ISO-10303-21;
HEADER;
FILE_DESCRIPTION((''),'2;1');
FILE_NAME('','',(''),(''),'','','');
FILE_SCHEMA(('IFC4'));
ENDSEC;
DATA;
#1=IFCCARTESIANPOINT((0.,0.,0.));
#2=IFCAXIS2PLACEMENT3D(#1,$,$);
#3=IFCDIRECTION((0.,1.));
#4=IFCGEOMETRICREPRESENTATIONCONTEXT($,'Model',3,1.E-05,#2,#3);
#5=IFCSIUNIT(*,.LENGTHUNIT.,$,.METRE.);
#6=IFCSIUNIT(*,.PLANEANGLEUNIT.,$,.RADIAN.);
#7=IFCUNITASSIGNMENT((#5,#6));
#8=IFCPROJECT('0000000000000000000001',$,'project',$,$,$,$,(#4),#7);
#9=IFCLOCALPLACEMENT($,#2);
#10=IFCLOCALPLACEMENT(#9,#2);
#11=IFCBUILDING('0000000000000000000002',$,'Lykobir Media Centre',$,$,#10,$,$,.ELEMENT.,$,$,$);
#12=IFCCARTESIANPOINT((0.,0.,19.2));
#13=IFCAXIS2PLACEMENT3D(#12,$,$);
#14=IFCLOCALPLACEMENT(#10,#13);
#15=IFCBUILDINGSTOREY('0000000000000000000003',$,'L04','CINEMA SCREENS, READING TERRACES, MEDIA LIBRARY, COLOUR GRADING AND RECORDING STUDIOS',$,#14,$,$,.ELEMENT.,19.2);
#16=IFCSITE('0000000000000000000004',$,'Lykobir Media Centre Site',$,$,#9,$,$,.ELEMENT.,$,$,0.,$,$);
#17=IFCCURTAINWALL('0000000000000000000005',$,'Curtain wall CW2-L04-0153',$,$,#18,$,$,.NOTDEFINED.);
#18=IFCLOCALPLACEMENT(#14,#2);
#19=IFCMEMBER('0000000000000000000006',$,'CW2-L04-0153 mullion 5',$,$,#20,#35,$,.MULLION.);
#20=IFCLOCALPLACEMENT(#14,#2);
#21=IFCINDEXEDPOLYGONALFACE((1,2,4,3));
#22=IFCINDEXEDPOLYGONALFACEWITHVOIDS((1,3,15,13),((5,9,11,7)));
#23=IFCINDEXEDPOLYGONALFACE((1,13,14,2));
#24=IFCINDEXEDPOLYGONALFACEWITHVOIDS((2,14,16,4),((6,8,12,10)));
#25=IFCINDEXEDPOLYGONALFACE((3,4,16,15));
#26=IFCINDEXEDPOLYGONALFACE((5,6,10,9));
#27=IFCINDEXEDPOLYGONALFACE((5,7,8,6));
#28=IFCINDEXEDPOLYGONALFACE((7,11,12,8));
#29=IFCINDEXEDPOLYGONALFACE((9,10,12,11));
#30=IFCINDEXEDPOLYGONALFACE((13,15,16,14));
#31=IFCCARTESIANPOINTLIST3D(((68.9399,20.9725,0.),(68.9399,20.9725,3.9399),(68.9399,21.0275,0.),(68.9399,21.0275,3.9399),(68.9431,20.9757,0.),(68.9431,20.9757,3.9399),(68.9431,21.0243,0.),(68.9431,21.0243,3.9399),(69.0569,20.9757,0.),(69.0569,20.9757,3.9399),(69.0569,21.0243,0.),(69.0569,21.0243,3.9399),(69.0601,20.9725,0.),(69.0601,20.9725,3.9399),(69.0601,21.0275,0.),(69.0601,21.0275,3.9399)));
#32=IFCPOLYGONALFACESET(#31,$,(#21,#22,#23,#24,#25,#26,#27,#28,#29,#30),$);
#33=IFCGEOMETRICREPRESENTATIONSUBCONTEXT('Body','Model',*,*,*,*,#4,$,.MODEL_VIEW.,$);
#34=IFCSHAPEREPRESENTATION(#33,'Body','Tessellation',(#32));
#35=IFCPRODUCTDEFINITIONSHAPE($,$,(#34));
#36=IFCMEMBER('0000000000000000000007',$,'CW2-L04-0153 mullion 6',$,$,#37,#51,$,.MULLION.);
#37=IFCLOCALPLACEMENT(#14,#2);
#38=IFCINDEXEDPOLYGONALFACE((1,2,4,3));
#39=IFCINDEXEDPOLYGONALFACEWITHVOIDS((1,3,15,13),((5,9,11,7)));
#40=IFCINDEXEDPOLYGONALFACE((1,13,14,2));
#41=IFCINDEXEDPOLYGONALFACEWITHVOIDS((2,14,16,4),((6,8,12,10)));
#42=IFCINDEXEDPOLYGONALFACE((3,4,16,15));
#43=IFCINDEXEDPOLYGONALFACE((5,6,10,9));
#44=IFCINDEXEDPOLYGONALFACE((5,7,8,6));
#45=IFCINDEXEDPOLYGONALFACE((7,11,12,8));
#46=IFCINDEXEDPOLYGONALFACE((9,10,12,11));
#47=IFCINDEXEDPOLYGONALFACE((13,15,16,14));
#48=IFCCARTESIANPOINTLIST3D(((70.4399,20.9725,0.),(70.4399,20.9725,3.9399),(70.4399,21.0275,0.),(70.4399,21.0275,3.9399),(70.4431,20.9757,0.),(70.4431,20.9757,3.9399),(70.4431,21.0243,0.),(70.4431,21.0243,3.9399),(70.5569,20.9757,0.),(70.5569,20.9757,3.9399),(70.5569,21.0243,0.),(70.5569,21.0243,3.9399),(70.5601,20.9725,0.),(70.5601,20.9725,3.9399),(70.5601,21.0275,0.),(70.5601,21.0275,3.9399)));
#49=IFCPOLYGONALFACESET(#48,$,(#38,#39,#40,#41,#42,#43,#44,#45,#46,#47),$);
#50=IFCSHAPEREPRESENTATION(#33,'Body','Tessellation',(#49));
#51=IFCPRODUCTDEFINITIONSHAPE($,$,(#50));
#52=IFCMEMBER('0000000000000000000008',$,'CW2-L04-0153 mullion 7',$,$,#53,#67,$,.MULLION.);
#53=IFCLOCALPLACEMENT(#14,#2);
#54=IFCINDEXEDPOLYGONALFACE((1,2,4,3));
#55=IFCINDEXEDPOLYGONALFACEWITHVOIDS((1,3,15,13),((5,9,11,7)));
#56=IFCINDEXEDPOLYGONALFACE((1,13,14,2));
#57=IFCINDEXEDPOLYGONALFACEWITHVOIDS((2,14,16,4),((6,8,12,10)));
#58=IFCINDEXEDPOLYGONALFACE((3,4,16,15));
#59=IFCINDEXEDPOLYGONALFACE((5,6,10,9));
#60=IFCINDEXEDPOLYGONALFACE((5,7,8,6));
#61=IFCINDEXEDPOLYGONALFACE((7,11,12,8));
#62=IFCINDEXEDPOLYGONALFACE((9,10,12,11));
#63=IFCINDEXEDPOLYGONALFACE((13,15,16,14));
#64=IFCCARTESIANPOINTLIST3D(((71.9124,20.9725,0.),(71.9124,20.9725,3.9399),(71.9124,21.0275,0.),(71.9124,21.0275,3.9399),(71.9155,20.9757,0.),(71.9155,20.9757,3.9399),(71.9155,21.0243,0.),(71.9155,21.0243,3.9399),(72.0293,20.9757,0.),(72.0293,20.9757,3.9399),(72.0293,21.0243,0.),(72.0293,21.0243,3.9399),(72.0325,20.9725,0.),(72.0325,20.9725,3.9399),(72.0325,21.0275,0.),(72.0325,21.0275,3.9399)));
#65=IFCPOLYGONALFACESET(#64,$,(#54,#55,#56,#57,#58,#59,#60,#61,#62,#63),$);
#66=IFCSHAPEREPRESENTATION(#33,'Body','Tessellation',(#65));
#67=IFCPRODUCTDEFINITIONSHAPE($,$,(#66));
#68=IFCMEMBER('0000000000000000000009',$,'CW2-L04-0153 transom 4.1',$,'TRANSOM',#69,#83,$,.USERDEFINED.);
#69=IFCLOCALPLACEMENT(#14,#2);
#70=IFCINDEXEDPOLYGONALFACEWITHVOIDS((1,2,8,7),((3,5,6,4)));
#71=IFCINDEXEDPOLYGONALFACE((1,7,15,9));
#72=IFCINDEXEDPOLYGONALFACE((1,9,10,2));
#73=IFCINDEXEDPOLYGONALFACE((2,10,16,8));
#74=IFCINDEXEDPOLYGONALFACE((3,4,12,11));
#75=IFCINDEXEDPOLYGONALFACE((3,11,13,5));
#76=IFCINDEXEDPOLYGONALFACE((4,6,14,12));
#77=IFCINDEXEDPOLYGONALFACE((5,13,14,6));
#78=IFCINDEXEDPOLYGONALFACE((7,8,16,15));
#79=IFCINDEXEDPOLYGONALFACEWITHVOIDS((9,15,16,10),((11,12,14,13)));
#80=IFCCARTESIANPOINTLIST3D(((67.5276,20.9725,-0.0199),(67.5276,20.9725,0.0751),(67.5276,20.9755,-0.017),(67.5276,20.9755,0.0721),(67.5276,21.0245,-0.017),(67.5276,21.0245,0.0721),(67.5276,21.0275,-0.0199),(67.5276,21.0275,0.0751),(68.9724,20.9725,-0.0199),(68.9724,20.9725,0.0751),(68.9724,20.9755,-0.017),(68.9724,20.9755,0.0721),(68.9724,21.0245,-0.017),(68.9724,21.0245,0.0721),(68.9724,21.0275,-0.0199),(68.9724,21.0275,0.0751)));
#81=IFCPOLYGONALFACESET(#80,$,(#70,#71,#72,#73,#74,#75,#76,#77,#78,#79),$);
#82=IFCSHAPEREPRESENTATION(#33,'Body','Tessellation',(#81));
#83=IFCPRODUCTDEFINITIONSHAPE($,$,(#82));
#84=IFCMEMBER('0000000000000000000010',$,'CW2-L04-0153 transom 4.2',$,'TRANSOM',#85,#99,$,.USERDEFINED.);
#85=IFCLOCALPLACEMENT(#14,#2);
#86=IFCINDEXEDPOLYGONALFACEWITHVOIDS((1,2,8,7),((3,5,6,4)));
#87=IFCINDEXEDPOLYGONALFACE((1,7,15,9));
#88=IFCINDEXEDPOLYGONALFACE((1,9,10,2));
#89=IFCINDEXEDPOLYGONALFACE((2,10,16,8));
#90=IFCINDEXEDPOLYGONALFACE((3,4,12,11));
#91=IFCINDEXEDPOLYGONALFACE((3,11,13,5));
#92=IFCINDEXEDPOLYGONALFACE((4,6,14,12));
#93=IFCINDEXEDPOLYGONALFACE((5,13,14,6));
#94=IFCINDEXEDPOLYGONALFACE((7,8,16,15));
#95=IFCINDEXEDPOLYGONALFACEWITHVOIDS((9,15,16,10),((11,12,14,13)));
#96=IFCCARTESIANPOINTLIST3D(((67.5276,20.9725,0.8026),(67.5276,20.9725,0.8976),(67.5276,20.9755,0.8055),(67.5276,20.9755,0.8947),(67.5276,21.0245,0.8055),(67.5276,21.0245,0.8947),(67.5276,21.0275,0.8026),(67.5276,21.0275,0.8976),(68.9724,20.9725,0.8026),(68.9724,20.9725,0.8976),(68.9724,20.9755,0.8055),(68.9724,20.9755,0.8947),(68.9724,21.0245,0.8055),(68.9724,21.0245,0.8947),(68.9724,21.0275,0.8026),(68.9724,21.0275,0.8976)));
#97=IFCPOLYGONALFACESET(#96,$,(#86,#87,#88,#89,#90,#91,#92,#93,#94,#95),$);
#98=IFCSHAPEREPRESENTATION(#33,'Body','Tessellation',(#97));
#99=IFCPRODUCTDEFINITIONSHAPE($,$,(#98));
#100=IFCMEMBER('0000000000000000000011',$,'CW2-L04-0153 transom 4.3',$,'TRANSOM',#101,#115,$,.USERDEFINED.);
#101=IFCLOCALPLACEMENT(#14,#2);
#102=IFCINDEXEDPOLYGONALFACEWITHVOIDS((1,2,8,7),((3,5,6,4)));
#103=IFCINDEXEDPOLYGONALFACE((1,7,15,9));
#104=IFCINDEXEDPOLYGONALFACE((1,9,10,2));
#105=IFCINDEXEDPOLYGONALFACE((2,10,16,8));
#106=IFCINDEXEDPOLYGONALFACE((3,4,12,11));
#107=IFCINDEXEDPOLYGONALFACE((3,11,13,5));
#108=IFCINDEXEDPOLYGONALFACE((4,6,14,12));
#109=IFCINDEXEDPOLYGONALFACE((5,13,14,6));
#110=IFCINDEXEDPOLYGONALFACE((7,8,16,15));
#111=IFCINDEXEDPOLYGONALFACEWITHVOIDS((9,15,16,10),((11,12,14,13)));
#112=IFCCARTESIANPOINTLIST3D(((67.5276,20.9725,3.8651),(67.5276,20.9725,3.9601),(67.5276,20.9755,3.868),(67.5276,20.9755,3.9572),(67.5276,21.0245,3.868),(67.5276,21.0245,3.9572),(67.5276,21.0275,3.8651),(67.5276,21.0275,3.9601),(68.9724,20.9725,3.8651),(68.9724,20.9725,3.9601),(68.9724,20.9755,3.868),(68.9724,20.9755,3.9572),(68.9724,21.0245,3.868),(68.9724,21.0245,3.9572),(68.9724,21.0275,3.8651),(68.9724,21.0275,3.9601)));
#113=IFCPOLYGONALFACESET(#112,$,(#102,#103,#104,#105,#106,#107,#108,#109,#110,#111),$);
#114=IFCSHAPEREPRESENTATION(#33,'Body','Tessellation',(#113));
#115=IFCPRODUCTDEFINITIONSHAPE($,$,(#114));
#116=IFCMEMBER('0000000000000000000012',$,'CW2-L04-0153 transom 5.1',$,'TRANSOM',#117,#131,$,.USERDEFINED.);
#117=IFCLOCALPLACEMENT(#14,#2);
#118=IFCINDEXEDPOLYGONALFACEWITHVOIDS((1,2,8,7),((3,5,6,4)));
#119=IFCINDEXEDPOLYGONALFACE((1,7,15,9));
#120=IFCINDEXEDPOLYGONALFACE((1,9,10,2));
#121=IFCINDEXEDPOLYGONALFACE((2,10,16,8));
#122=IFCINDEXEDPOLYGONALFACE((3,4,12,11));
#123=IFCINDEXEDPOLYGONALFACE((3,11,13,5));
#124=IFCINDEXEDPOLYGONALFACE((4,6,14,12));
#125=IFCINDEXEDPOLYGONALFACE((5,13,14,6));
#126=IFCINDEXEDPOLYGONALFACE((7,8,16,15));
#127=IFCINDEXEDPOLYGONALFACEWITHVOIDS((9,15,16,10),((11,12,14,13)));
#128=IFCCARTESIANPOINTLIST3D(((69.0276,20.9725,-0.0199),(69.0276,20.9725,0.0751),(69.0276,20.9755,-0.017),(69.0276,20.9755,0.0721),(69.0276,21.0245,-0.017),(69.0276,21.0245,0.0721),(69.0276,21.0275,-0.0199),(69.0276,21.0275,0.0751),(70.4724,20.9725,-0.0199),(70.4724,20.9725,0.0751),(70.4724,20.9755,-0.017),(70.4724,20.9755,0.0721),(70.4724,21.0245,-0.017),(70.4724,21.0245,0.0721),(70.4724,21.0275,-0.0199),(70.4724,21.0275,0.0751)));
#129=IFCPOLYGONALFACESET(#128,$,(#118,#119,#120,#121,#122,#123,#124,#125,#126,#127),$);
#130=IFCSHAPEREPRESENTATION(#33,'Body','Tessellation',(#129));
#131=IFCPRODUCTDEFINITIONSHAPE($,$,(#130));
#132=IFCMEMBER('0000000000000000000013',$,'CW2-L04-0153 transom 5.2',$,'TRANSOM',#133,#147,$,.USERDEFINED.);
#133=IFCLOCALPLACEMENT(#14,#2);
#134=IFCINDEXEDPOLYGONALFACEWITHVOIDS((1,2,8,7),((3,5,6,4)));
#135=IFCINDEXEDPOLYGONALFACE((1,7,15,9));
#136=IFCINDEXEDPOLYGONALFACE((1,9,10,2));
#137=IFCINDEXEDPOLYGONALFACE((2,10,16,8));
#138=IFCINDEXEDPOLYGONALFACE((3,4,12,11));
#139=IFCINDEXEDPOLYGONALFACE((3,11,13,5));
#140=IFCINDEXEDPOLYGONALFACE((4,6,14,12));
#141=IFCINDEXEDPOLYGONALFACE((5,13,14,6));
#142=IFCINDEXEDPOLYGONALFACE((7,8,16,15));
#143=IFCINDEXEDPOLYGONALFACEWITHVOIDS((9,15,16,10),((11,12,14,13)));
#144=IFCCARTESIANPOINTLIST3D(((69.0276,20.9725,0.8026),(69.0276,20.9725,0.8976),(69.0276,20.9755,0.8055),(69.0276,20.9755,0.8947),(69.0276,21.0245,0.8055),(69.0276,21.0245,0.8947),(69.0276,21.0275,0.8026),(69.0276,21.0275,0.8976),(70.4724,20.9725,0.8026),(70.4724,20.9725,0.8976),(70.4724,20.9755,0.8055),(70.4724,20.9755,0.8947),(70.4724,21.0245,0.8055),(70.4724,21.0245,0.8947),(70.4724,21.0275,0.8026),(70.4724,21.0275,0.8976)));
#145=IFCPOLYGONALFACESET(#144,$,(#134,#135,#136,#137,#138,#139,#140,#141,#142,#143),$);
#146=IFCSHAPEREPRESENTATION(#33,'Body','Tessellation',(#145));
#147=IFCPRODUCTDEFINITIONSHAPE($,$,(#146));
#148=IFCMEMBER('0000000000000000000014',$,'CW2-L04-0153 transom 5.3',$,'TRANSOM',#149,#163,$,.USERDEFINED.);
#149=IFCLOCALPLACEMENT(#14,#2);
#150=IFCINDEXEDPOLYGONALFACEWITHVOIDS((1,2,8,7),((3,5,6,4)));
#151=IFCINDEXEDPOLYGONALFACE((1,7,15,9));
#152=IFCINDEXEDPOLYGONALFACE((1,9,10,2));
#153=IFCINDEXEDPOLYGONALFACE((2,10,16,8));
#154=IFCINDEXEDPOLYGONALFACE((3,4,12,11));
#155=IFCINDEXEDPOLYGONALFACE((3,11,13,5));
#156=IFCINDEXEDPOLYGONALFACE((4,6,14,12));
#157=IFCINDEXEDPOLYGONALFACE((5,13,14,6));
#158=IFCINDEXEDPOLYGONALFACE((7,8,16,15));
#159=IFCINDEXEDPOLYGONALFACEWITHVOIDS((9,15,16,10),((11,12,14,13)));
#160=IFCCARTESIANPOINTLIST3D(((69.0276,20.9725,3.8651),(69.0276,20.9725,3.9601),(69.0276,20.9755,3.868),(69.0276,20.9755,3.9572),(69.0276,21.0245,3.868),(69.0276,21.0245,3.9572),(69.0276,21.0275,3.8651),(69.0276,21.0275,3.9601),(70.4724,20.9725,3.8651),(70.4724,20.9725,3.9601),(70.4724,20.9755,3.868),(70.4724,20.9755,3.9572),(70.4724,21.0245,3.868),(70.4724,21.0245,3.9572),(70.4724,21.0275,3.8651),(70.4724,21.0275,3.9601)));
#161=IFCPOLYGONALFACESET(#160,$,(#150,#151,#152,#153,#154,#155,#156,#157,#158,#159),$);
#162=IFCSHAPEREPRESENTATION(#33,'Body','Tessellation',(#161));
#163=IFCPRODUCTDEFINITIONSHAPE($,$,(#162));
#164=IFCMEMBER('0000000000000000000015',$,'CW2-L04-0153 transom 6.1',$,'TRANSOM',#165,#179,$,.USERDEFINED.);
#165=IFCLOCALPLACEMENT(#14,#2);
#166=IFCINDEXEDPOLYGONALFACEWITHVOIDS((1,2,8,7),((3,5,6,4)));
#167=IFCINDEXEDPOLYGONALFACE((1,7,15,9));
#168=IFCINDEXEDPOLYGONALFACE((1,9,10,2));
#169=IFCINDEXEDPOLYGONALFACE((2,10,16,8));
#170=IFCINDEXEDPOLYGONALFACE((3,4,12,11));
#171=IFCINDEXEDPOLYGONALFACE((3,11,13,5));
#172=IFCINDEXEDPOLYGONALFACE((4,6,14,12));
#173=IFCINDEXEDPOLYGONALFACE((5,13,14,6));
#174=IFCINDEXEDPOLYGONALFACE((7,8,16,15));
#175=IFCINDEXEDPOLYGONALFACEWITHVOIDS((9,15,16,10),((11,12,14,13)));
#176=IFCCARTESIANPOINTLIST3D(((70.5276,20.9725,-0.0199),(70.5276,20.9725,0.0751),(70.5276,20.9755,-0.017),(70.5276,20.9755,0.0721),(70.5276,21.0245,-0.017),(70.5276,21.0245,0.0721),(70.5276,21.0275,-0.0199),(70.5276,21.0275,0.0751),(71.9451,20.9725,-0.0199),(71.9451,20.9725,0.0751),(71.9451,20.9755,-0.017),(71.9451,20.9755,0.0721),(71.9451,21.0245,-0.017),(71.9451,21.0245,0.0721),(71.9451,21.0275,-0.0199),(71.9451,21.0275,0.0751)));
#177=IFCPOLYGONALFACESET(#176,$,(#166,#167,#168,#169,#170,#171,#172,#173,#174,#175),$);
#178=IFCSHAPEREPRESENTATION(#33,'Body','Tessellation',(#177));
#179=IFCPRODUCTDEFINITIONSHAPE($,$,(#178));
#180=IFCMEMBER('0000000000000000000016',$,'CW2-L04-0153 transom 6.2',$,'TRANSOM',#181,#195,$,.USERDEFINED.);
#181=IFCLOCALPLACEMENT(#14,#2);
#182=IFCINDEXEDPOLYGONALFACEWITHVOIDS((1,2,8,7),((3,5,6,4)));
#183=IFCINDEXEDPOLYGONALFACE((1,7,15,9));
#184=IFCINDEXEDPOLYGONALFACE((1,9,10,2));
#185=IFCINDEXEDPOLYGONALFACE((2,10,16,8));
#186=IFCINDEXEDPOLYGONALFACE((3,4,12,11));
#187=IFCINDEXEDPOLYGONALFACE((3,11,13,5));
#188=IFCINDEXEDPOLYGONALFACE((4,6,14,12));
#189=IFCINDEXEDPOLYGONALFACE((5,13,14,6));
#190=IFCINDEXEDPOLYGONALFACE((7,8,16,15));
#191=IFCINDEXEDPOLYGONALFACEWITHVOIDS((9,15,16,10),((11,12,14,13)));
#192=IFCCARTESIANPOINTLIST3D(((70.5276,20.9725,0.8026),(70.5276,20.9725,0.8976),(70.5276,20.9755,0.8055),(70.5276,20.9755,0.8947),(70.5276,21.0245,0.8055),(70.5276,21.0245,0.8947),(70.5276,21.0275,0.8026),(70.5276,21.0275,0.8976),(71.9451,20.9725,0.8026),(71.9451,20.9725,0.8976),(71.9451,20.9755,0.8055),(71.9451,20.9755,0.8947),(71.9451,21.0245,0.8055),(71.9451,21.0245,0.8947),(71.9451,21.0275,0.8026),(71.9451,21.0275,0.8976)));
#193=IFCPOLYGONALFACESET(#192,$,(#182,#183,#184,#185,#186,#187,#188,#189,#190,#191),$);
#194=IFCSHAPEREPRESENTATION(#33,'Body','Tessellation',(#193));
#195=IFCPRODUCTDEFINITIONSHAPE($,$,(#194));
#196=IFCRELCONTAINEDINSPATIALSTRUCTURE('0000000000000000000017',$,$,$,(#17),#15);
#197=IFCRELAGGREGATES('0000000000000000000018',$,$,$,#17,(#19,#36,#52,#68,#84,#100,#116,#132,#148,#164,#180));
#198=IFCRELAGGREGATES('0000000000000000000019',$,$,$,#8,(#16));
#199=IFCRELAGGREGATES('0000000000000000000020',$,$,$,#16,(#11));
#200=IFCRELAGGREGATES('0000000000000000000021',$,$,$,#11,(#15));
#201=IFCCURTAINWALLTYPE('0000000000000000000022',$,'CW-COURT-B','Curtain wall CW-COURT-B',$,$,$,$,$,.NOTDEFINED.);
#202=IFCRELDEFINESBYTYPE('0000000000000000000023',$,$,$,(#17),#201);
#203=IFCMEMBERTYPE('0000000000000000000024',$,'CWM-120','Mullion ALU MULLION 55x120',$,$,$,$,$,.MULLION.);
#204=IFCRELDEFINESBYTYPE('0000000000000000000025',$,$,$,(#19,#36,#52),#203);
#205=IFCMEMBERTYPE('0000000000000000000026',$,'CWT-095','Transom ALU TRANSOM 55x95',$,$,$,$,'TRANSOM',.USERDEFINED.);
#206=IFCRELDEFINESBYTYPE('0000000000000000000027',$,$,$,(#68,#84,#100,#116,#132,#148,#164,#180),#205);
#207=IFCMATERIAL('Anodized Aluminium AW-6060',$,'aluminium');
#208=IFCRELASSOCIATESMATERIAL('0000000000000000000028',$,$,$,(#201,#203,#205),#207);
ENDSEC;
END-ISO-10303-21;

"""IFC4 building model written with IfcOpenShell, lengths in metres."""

from ifc_helpers import new_model, si_unit, direction, frame, origin, origin_2d, place, context, subcontext, project, spatial, hollow_rectangle, extrude, material, material_profile, profile_set, type_object, element, aggregate, save


model = new_model("IFC4")

# Units and contexts
model_context = context("Model", 3, precision=1e-05, world=origin(), true_north=direction((0.0, 1.0)))
body_context = subcontext(model_context, "Body", "Model", "MODEL_VIEW")
ifc_project = project(units=[si_unit("LENGTHUNIT", "METRE"), si_unit("PLANEANGLEUNIT", "RADIAN")], contexts=[model_context])

# Site, building, storey
site_placement = place(None, origin())
site = spatial("IfcSite", under=ifc_project, at=site_placement, Name="Lykobir Media Centre Site", CompositionType="ELEMENT", RefElevation=0.0)
building_placement = place(site_placement, origin())
building = spatial("IfcBuilding", under=site, at=building_placement, Name="Lykobir Media Centre", CompositionType="ELEMENT")
storey_placement = place(building_placement, frame((0.0, 0.0, 19.2)))
storey = spatial("IfcBuildingStorey", under=building, at=storey_placement, Name="L04", Description="CINEMA SCREENS, READING TERRACES, MEDIA LIBRARY, COLOUR GRADING AND RECORDING STUDIOS", CompositionType="ELEMENT", Elevation=19.2)

# Curtain wall, members
ifc_material_1 = material(Name="Anodized Aluminium AW-6060", Category="aluminium")
curtain_wall_type = type_object("IfcCurtainWallType", Name="CW-COURT-B", Description="Curtain wall CW-COURT-B", PredefinedType="NOTDEFINED", material=ifc_material_1)
curtain_wall_placement = place(storey_placement, origin())
curtain_wall = element("IfcCurtainWall", 1, at=curtain_wall_placement, inside=storey, type_object=curtain_wall_type, Name="Curtain wall CW2-L04-0153", PredefinedType="NOTDEFINED")
ifc_material_profile_1 = material_profile(ifc_material_1, hollow_rectangle(XDim=0.0549, YDim=0.1201, WallThickness=0.0032, at=origin_2d()), Name="ALU MULLION 55x120")
ifc_profile_set_1 = profile_set([ifc_material_profile_1], Name="Anodized Aluminium AW-6060")
member_type_1 = type_object("IfcMemberType", Name="CWM-120", Description="Mullion ALU MULLION 55x120", PredefinedType="MULLION", material=ifc_profile_set_1)
member_1_placement = place(storey_placement, frame((69.0, 21.0, 0.0), z_axis=(0.0, 0.0, 1.0), x_axis=(0.0, 1.0, 0.0)))
member_1 = element("IfcMember", 2, at=member_1_placement, type_object=member_type_1, Name="CW2-L04-0153 mullion 5", PredefinedType="MULLION", context=body_context, shape_type="SweptSolid", body=[
    extrude(hollow_rectangle(XDim=0.0549, YDim=0.1201, WallThickness=0.0032, at=origin_2d()), origin(), (0.0, 0.0, 1.0), 3.9399),
])
member_2_placement = place(storey_placement, frame((70.5, 21.0, 0.0), z_axis=(0.0, 0.0, 1.0), x_axis=(0.0, 1.0, 0.0)))
member_2 = element("IfcMember", 3, at=member_2_placement, type_object=member_type_1, Name="CW2-L04-0153 mullion 6", PredefinedType="MULLION", context=body_context, shape_type="SweptSolid", body=[
    extrude(hollow_rectangle(XDim=0.0549, YDim=0.1201, WallThickness=0.0032, at=origin_2d()), origin(), (0.0, 0.0, 1.0), 3.9399),
])
member_3_placement = place(storey_placement, frame((71.9724, 21.0, 0.0), z_axis=(0.0, 0.0, 1.0), x_axis=(0.0, 1.0, 0.0)))
member_3 = element("IfcMember", 4, at=member_3_placement, type_object=member_type_1, Name="CW2-L04-0153 mullion 7", PredefinedType="MULLION", context=body_context, shape_type="SweptSolid", body=[
    extrude(hollow_rectangle(XDim=0.0549, YDim=0.1201, WallThickness=0.0032, at=origin_2d()), origin(), (0.0, 0.0, 1.0), 3.9399),
])
ifc_material_profile_2 = material_profile(ifc_material_1, hollow_rectangle(XDim=0.0549, YDim=0.095, WallThickness=0.0029, at=origin_2d()), Name="ALU TRANSOM 55x95")
ifc_profile_set_2 = profile_set([ifc_material_profile_2], Name="Anodized Aluminium AW-6060")
member_type_2 = type_object("IfcMemberType", Name="CWT-095", Description="Transom ALU TRANSOM 55x95", ElementType="TRANSOM", PredefinedType="USERDEFINED", material=ifc_profile_set_2)
member_4_placement = place(storey_placement, frame((67.5276, 21.0, 0.0276), z_axis=(1.0, 0.0, 0.0), x_axis=(0.0, 1.0, 0.0)))
member_4 = element("IfcMember", 5, at=member_4_placement, type_object=member_type_2, Name="CW2-L04-0153 transom 4.1", ObjectType="TRANSOM", PredefinedType="USERDEFINED", context=body_context, shape_type="SweptSolid", body=[
    extrude(hollow_rectangle(XDim=0.0549, YDim=0.095, WallThickness=0.0029, at=origin_2d()), origin(), (0.0, 0.0, 1.0), 1.4448),
])
member_5_placement = place(storey_placement, frame((67.5276, 21.0, 0.8501), z_axis=(1.0, 0.0, 0.0), x_axis=(0.0, 1.0, 0.0)))
member_5 = element("IfcMember", 6, at=member_5_placement, type_object=member_type_2, Name="CW2-L04-0153 transom 4.2", ObjectType="TRANSOM", PredefinedType="USERDEFINED", context=body_context, shape_type="SweptSolid", body=[
    extrude(hollow_rectangle(XDim=0.0549, YDim=0.095, WallThickness=0.0029, at=origin_2d()), origin(), (0.0, 0.0, 1.0), 1.4448),
])
member_6_placement = place(storey_placement, frame((67.5276, 21.0, 3.9126), z_axis=(1.0, 0.0, 0.0), x_axis=(0.0, 1.0, 0.0)))
member_6 = element("IfcMember", 7, at=member_6_placement, type_object=member_type_2, Name="CW2-L04-0153 transom 4.3", ObjectType="TRANSOM", PredefinedType="USERDEFINED", context=body_context, shape_type="SweptSolid", body=[
    extrude(hollow_rectangle(XDim=0.0549, YDim=0.095, WallThickness=0.0029, at=origin_2d()), origin(), (0.0, 0.0, 1.0), 1.4448),
])
member_7_placement = place(storey_placement, frame((69.0276, 21.0, 0.0276), z_axis=(1.0, 0.0, 0.0), x_axis=(0.0, 1.0, 0.0)))
member_7 = element("IfcMember", 8, at=member_7_placement, type_object=member_type_2, Name="CW2-L04-0153 transom 5.1", ObjectType="TRANSOM", PredefinedType="USERDEFINED", context=body_context, shape_type="SweptSolid", body=[
    extrude(hollow_rectangle(XDim=0.0549, YDim=0.095, WallThickness=0.0029, at=origin_2d()), origin(), (0.0, 0.0, 1.0), 1.4448),
])
member_8_placement = place(storey_placement, frame((69.0276, 21.0, 0.8501), z_axis=(1.0, 0.0, 0.0), x_axis=(0.0, 1.0, 0.0)))
member_8 = element("IfcMember", 9, at=member_8_placement, type_object=member_type_2, Name="CW2-L04-0153 transom 5.2", ObjectType="TRANSOM", PredefinedType="USERDEFINED", context=body_context, shape_type="SweptSolid", body=[
    extrude(hollow_rectangle(XDim=0.0549, YDim=0.095, WallThickness=0.0029, at=origin_2d()), origin(), (0.0, 0.0, 1.0), 1.4448),
])
member_9_placement = place(storey_placement, frame((69.0276, 21.0, 3.9126), z_axis=(1.0, 0.0, 0.0), x_axis=(0.0, 1.0, 0.0)))
member_9 = element("IfcMember", 10, at=member_9_placement, type_object=member_type_2, Name="CW2-L04-0153 transom 5.3", ObjectType="TRANSOM", PredefinedType="USERDEFINED", context=body_context, shape_type="SweptSolid", body=[
    extrude(hollow_rectangle(XDim=0.0549, YDim=0.095, WallThickness=0.0029, at=origin_2d()), origin(), (0.0, 0.0, 1.0), 1.4448),
])
member_10_placement = place(storey_placement, frame((70.5276, 21.0, 0.0276), z_axis=(1.0, 0.0, 0.0), x_axis=(0.0, 1.0, 0.0)))
member_10 = element("IfcMember", 11, at=member_10_placement, type_object=member_type_2, Name="CW2-L04-0153 transom 6.1", ObjectType="TRANSOM", PredefinedType="USERDEFINED", context=body_context, shape_type="SweptSolid", body=[
    extrude(hollow_rectangle(XDim=0.0549, YDim=0.095, WallThickness=0.0029, at=origin_2d()), origin(), (0.0, 0.0, 1.0), 1.4175),
])
member_11_placement = place(storey_placement, frame((70.5276, 21.0, 0.8501), z_axis=(1.0, 0.0, 0.0), x_axis=(0.0, 1.0, 0.0)))
member_11 = element("IfcMember", 12, at=member_11_placement, type_object=member_type_2, Name="CW2-L04-0153 transom 6.2", ObjectType="TRANSOM", PredefinedType="USERDEFINED", context=body_context, shape_type="SweptSolid", body=[
    extrude(hollow_rectangle(XDim=0.0549, YDim=0.095, WallThickness=0.0029, at=origin_2d()), origin(), (0.0, 0.0, 1.0), 1.4175),
])
aggregate(curtain_wall, [member_1, member_2, member_3, member_4, member_5, member_6, member_7, member_8, member_9, member_10, member_11])

save(model, "model.ifc")
